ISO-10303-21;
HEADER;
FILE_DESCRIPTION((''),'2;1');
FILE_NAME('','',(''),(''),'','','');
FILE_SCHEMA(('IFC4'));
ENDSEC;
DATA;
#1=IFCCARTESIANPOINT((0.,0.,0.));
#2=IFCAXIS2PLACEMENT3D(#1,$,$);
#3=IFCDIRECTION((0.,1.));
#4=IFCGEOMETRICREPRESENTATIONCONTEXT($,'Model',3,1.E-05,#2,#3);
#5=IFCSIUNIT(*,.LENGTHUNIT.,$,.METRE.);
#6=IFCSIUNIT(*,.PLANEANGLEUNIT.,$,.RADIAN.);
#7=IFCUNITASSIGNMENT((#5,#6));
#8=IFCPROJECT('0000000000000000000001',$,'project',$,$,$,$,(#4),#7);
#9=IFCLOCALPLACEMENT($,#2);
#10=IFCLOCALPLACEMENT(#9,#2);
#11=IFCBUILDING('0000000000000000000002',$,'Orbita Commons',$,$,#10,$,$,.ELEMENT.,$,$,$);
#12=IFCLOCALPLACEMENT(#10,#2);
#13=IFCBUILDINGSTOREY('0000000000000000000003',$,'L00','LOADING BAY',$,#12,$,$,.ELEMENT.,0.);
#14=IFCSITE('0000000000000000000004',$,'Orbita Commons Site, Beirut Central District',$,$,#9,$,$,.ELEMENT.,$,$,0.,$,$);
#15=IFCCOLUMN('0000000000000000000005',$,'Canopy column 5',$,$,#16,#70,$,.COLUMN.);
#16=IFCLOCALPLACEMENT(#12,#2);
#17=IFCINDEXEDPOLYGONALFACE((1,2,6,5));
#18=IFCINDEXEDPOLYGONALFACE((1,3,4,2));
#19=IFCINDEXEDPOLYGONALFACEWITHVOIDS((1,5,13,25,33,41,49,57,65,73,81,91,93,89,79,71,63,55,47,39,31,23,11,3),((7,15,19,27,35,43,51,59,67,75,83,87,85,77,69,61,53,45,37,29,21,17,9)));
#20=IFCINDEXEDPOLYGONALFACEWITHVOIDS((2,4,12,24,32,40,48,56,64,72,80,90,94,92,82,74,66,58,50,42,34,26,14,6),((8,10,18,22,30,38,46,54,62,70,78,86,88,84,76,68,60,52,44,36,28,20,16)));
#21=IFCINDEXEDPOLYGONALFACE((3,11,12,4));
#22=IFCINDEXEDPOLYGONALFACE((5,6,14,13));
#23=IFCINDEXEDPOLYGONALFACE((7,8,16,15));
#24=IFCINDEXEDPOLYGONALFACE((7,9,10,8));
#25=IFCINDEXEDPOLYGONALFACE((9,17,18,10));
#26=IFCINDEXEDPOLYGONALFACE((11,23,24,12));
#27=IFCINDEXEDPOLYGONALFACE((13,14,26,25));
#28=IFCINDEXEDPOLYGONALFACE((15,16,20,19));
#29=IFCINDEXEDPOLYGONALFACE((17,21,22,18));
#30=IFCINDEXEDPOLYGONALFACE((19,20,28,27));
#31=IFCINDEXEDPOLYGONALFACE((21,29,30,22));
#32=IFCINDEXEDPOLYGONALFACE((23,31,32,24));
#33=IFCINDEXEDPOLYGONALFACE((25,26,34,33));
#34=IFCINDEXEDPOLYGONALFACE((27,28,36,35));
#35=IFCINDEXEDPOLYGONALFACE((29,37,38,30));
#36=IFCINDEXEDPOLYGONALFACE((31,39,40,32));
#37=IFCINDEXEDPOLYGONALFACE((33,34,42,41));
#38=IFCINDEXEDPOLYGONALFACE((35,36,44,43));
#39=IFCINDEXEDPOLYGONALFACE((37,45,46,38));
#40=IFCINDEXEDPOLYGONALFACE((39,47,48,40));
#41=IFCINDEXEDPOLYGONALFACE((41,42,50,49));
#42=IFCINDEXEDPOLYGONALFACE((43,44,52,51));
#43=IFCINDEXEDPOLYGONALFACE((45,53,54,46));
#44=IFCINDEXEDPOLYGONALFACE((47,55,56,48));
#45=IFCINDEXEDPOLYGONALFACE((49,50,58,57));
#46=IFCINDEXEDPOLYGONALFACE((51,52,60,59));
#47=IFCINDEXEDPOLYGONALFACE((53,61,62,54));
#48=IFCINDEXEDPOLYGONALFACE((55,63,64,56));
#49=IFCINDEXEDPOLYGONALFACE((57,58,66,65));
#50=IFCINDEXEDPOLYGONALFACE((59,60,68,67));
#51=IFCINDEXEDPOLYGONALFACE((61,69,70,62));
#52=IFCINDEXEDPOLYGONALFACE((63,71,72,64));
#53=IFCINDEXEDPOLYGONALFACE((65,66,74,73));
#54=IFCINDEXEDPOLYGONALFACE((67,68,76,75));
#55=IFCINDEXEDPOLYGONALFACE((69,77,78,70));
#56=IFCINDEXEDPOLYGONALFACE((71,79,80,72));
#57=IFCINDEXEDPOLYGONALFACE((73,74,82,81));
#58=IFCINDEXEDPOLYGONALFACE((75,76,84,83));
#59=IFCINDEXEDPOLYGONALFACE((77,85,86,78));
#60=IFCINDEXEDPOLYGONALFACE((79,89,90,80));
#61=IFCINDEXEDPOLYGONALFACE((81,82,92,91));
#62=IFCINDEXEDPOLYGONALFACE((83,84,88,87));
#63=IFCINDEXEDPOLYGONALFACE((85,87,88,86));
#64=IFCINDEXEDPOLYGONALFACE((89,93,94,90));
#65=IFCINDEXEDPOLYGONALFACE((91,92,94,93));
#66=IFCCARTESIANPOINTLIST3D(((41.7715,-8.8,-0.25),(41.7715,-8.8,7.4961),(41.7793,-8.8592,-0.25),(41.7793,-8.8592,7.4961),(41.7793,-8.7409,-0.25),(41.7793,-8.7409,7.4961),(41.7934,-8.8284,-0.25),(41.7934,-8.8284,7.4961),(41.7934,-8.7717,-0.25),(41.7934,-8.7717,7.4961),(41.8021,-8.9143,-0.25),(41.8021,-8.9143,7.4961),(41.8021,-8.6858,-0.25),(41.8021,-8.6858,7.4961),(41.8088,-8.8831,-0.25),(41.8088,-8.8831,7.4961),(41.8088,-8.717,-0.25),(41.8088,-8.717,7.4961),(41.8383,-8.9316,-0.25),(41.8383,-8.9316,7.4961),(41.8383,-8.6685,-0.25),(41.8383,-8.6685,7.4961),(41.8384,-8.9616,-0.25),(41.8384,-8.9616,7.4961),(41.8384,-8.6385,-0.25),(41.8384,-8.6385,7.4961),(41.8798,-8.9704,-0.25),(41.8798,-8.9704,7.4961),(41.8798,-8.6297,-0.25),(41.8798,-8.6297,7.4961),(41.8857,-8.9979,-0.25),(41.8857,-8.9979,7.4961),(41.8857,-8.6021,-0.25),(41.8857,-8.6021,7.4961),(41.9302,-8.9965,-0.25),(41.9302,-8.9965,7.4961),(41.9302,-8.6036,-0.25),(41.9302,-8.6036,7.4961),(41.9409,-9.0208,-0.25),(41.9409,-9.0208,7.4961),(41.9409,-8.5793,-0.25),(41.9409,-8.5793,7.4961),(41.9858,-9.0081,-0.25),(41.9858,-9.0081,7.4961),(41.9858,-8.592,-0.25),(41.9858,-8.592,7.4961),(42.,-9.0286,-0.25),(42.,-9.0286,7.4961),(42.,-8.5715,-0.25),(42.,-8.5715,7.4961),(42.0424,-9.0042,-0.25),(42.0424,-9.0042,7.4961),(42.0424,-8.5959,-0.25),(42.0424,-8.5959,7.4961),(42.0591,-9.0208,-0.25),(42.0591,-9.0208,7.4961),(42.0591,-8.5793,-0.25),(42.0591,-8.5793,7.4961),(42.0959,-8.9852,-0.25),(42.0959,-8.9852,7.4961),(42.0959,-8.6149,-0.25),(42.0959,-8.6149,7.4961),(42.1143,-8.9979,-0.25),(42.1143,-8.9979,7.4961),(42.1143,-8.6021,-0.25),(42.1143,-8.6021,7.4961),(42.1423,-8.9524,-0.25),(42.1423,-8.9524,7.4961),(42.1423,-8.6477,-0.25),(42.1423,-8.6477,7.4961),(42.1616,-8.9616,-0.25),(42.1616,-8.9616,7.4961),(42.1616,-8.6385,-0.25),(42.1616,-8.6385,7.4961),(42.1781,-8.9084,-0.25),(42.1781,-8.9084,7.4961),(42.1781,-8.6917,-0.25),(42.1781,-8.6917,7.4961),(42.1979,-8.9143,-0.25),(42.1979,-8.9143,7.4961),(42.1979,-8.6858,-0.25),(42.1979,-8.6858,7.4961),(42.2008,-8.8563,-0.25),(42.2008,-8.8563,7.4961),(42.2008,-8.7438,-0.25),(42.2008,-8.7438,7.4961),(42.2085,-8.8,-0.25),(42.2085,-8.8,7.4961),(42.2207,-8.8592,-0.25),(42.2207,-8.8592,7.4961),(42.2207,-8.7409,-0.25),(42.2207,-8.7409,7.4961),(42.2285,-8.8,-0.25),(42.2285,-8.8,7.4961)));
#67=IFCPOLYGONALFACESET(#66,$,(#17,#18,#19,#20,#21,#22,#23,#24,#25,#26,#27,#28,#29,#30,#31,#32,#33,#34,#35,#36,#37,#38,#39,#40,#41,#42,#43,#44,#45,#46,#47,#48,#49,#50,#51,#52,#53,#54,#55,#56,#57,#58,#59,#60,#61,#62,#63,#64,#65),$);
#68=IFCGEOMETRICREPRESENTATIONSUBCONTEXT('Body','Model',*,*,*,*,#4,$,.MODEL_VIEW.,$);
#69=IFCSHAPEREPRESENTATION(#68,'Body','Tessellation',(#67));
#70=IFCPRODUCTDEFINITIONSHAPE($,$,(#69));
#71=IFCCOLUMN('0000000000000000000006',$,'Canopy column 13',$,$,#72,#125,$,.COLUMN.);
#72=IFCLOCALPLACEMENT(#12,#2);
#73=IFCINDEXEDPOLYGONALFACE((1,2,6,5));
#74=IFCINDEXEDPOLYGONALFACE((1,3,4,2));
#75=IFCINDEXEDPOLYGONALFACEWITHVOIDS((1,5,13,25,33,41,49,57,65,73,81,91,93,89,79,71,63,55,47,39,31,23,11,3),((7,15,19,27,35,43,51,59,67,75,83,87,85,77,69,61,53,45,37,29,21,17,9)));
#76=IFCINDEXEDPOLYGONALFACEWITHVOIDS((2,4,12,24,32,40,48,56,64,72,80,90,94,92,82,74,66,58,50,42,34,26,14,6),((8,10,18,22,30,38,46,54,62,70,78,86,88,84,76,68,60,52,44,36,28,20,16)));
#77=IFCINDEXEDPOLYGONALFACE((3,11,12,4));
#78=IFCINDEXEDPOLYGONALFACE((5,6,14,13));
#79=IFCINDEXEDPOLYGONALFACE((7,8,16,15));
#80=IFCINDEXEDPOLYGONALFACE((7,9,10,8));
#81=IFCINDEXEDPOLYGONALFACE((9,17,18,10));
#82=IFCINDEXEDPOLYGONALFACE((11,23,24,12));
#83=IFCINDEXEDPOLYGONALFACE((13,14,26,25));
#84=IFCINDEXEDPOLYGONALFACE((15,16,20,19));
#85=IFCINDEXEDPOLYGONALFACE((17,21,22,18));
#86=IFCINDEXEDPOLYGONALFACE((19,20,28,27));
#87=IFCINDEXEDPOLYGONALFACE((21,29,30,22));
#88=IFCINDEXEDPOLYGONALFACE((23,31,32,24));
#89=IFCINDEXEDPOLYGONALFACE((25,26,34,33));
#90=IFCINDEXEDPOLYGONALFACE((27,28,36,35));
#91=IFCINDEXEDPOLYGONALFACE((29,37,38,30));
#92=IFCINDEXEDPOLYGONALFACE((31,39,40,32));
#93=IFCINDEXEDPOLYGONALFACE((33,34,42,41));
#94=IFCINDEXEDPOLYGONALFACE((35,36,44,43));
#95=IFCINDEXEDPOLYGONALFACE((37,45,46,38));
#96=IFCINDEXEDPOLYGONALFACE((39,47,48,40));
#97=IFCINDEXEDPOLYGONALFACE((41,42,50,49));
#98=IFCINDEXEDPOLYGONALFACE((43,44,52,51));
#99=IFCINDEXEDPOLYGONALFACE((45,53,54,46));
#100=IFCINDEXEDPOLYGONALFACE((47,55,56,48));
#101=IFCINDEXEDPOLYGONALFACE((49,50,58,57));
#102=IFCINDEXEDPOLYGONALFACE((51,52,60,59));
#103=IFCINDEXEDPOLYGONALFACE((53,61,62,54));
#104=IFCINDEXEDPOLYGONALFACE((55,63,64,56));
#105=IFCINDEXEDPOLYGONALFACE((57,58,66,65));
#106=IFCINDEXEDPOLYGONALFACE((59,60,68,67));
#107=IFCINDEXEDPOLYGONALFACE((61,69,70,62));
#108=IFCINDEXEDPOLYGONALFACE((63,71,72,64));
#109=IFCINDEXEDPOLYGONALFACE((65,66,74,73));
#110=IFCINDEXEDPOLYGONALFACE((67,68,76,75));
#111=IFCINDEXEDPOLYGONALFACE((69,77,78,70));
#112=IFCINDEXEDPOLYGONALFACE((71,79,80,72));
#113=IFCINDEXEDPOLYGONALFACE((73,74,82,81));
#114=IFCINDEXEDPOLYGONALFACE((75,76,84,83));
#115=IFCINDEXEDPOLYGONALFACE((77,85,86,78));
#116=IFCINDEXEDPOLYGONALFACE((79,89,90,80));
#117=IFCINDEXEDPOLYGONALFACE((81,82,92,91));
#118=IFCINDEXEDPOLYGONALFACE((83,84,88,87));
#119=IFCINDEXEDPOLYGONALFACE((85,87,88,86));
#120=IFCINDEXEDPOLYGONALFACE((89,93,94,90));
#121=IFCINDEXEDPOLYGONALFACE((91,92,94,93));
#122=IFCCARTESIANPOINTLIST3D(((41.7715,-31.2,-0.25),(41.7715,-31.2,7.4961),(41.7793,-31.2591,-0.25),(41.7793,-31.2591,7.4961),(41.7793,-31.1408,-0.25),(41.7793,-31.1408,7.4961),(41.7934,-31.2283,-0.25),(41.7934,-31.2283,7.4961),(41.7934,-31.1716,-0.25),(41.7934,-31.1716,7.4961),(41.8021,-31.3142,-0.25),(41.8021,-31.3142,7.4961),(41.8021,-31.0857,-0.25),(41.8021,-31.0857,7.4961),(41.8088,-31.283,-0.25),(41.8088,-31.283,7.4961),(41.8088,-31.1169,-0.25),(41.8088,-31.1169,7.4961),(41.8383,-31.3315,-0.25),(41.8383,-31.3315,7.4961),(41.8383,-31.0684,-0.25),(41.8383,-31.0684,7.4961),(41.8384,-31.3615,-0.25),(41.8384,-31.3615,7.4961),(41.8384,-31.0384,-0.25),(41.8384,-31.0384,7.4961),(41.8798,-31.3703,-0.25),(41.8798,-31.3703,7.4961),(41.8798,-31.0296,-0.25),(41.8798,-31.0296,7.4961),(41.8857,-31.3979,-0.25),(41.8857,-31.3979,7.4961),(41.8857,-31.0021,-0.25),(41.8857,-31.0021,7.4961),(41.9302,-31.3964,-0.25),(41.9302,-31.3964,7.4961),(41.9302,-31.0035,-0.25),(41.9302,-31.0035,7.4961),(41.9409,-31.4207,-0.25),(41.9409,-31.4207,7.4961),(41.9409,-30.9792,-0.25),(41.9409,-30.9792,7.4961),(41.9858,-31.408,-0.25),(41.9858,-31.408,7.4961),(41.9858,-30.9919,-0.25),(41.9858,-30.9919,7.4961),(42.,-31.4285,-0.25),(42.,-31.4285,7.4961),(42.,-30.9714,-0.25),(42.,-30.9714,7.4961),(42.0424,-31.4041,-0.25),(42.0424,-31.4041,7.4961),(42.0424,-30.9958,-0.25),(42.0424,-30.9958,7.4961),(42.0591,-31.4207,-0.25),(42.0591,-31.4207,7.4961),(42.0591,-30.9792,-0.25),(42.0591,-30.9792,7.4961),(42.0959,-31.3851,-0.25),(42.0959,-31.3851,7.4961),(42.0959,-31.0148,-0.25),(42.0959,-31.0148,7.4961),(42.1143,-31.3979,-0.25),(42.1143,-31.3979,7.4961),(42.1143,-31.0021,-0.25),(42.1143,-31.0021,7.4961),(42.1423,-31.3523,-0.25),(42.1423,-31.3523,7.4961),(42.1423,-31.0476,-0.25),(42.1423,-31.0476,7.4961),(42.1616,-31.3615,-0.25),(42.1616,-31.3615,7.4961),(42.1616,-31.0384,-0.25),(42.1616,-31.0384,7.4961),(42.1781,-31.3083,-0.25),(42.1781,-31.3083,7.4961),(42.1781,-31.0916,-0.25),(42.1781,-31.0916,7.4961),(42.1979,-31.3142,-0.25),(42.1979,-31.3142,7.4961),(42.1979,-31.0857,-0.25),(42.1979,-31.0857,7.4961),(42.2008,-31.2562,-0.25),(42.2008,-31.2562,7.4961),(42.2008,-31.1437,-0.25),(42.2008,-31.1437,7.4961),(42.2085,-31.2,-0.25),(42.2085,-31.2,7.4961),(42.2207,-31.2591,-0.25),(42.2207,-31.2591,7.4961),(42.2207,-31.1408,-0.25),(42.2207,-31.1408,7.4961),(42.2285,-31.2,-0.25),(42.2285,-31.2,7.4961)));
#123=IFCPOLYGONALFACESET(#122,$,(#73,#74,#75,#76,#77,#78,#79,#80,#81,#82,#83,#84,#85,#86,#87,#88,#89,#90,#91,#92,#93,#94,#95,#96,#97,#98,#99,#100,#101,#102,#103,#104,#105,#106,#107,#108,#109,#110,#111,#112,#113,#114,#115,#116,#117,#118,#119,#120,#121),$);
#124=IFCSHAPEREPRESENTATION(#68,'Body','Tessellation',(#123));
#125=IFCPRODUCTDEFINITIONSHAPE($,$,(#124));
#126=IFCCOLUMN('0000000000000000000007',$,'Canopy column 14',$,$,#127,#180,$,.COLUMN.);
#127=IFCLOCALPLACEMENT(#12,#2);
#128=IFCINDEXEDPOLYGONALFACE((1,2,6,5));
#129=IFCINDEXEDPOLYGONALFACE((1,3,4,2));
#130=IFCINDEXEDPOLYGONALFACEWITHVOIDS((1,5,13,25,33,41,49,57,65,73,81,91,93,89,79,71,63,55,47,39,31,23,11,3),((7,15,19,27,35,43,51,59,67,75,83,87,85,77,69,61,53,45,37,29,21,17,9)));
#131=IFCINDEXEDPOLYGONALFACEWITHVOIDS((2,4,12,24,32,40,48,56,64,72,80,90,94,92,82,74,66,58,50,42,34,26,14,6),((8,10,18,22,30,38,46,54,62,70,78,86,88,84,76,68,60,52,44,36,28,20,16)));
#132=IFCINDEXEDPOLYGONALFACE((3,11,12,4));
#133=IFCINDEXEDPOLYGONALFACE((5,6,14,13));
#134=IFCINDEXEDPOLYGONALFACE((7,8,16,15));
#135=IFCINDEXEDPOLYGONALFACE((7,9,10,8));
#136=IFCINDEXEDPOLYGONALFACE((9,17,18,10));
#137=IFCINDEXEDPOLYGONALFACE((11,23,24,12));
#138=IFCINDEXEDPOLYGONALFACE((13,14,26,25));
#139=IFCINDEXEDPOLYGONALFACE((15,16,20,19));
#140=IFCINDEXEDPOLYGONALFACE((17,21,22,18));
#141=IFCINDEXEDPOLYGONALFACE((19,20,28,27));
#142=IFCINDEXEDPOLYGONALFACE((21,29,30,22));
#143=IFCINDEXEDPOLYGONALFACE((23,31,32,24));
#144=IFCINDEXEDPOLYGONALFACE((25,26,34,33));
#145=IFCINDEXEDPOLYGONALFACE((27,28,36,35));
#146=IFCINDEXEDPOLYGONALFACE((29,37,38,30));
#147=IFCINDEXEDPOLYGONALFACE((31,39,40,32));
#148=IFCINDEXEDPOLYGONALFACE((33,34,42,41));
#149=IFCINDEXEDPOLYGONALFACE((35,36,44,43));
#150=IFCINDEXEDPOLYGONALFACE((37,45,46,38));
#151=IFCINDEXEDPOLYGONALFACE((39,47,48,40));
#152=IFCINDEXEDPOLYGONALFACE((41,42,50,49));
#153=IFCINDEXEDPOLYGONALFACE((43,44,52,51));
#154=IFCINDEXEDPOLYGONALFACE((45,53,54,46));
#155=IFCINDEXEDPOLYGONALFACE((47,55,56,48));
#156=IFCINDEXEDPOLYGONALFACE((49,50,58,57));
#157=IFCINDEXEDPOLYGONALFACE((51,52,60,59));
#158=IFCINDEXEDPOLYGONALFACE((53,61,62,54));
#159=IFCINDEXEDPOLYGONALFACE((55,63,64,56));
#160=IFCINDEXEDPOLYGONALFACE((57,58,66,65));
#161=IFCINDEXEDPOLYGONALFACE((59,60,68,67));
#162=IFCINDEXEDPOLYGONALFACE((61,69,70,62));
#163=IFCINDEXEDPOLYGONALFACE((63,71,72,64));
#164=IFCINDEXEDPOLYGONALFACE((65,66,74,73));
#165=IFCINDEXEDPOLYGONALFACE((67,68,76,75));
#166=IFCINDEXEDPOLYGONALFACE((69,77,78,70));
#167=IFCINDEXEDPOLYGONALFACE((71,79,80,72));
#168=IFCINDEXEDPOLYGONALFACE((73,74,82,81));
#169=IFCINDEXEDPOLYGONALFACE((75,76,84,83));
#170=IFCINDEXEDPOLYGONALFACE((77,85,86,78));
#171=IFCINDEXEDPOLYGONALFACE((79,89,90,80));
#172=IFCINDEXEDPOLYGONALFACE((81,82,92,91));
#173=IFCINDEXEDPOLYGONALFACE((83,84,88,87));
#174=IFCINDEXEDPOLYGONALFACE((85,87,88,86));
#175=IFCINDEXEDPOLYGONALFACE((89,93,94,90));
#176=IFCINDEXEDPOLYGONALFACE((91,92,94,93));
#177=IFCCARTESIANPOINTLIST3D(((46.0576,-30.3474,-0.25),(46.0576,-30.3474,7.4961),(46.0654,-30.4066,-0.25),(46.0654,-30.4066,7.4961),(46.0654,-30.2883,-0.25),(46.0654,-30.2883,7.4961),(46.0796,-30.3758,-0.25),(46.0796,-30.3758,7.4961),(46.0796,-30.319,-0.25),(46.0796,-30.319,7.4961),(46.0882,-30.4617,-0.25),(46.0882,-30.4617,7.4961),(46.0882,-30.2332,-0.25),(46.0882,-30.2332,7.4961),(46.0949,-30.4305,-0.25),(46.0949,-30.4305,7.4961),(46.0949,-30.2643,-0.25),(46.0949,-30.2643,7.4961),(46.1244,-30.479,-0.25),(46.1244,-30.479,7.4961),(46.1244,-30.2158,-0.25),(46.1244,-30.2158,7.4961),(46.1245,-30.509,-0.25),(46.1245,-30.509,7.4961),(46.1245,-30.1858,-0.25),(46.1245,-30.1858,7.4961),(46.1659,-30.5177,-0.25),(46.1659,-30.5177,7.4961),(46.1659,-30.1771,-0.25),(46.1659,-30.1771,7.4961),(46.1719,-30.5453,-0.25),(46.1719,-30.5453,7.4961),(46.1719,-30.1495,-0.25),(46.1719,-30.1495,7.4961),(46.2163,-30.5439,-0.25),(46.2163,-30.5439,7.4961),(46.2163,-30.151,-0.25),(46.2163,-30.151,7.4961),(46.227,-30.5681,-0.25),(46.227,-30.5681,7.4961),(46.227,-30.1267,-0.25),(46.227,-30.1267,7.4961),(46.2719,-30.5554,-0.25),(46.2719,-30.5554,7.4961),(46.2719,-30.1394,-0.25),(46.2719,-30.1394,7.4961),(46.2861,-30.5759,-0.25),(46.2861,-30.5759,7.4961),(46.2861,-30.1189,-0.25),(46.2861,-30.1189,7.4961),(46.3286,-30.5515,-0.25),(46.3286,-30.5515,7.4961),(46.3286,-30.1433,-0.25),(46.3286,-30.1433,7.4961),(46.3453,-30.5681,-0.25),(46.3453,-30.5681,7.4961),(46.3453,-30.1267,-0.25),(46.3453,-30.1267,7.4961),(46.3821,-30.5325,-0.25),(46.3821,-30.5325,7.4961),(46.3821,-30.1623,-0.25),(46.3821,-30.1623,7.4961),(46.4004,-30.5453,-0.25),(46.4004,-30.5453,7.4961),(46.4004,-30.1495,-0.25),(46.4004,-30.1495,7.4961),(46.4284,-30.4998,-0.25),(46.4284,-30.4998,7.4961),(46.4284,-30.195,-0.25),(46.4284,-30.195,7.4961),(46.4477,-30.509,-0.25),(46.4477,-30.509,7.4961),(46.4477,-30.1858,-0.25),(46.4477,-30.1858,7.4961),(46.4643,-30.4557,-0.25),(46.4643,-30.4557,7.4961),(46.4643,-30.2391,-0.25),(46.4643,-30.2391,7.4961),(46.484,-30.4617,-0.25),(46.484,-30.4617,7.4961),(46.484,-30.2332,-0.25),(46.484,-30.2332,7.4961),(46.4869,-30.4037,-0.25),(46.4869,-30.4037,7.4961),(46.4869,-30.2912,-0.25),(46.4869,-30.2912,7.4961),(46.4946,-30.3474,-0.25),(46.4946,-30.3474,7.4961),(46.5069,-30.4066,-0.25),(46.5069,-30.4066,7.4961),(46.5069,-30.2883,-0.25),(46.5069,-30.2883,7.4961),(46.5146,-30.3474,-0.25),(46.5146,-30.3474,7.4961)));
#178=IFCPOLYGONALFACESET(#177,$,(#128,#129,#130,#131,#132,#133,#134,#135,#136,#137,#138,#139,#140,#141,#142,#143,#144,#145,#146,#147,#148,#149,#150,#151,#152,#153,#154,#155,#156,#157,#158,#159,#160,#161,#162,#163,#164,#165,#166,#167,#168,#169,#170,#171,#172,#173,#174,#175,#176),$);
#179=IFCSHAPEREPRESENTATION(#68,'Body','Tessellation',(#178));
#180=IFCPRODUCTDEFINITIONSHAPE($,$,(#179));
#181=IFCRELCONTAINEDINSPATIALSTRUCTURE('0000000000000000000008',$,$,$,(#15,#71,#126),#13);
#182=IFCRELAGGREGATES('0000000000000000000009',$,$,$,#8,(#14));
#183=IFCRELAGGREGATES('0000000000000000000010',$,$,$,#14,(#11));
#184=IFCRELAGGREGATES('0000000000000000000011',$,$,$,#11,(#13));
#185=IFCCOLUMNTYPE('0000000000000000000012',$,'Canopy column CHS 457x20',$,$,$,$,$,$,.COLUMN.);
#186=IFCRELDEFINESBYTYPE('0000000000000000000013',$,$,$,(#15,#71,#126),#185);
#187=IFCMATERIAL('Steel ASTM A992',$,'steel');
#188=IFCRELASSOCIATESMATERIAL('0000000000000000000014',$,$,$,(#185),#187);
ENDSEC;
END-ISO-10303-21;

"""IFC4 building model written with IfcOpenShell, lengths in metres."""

from ifc_helpers import new_model, si_unit, direction, frame, origin, origin_2d, place, context, subcontext, project, spatial, hollow_circle, extrude, material, material_profile, profile_set, type_object, element, save


model = new_model("IFC4")

# Units and contexts
model_context = context("Model", 3, precision=1e-05, world=origin(), true_north=direction((0.0, 1.0)))
body_context = subcontext(model_context, "Body", "Model", "MODEL_VIEW")
ifc_project = project(units=[si_unit("LENGTHUNIT", "METRE"), si_unit("PLANEANGLEUNIT", "RADIAN")], contexts=[model_context])

# Site, building, storey
site_placement = place(None, origin())
site = spatial("IfcSite", under=ifc_project, at=site_placement, Name="Orbita Commons Site, Beirut Central District", CompositionType="ELEMENT", RefElevation=0.0)
building_placement = place(site_placement, origin())
building = spatial("IfcBuilding", under=site, at=building_placement, Name="Orbita Commons", CompositionType="ELEMENT")
storey_placement = place(building_placement, origin())
storey = spatial("IfcBuildingStorey", under=building, at=storey_placement, Name="L00", Description="LOADING BAY", CompositionType="ELEMENT", Elevation=0.0)

# Columns
ifc_material_1 = material(Name="Steel ASTM A992", Category="steel")
ifc_material_profile_1 = material_profile(ifc_material_1, hollow_circle(Radius=0.2285, WallThickness=0.02, at=origin_2d()), Name="CHS 457x20")
ifc_profile_set_1 = profile_set([ifc_material_profile_1], Name="Steel ASTM A992")
column_type_1 = type_object("IfcColumnType", Name="Canopy column CHS 457x20", PredefinedType="COLUMN", material=ifc_profile_set_1)
for number, where, z_axis, x_axis, name in (
    (1, (42.0, -8.8, -0.25), (0.0, 0.0, 1.0), (1.0, 0.0, 0.0), "Canopy column 5"),
    (2, (42.0, -31.2, -0.25), (0.0, 0.0, 1.0), (1.0, 0.0, 0.0), "Canopy column 13"),
    (3, (46.2861, -30.3474, -0.25), (0.0, 0.0, 1.0), (1.0, 0.0, 0.0), "Canopy column 14"),
):
    element("IfcColumn", number, at=place(storey_placement, frame(where, z_axis=z_axis, x_axis=x_axis)), inside=storey, type_object=column_type_1, Name=name, PredefinedType="COLUMN", context=body_context, shape_type="SweptSolid", body=[
        extrude(hollow_circle(Radius=0.2285, WallThickness=0.02, at=origin_2d()), origin(), (0.0, 0.0, 1.0), 7.7461),
    ])

save(model, "model.ifc")
